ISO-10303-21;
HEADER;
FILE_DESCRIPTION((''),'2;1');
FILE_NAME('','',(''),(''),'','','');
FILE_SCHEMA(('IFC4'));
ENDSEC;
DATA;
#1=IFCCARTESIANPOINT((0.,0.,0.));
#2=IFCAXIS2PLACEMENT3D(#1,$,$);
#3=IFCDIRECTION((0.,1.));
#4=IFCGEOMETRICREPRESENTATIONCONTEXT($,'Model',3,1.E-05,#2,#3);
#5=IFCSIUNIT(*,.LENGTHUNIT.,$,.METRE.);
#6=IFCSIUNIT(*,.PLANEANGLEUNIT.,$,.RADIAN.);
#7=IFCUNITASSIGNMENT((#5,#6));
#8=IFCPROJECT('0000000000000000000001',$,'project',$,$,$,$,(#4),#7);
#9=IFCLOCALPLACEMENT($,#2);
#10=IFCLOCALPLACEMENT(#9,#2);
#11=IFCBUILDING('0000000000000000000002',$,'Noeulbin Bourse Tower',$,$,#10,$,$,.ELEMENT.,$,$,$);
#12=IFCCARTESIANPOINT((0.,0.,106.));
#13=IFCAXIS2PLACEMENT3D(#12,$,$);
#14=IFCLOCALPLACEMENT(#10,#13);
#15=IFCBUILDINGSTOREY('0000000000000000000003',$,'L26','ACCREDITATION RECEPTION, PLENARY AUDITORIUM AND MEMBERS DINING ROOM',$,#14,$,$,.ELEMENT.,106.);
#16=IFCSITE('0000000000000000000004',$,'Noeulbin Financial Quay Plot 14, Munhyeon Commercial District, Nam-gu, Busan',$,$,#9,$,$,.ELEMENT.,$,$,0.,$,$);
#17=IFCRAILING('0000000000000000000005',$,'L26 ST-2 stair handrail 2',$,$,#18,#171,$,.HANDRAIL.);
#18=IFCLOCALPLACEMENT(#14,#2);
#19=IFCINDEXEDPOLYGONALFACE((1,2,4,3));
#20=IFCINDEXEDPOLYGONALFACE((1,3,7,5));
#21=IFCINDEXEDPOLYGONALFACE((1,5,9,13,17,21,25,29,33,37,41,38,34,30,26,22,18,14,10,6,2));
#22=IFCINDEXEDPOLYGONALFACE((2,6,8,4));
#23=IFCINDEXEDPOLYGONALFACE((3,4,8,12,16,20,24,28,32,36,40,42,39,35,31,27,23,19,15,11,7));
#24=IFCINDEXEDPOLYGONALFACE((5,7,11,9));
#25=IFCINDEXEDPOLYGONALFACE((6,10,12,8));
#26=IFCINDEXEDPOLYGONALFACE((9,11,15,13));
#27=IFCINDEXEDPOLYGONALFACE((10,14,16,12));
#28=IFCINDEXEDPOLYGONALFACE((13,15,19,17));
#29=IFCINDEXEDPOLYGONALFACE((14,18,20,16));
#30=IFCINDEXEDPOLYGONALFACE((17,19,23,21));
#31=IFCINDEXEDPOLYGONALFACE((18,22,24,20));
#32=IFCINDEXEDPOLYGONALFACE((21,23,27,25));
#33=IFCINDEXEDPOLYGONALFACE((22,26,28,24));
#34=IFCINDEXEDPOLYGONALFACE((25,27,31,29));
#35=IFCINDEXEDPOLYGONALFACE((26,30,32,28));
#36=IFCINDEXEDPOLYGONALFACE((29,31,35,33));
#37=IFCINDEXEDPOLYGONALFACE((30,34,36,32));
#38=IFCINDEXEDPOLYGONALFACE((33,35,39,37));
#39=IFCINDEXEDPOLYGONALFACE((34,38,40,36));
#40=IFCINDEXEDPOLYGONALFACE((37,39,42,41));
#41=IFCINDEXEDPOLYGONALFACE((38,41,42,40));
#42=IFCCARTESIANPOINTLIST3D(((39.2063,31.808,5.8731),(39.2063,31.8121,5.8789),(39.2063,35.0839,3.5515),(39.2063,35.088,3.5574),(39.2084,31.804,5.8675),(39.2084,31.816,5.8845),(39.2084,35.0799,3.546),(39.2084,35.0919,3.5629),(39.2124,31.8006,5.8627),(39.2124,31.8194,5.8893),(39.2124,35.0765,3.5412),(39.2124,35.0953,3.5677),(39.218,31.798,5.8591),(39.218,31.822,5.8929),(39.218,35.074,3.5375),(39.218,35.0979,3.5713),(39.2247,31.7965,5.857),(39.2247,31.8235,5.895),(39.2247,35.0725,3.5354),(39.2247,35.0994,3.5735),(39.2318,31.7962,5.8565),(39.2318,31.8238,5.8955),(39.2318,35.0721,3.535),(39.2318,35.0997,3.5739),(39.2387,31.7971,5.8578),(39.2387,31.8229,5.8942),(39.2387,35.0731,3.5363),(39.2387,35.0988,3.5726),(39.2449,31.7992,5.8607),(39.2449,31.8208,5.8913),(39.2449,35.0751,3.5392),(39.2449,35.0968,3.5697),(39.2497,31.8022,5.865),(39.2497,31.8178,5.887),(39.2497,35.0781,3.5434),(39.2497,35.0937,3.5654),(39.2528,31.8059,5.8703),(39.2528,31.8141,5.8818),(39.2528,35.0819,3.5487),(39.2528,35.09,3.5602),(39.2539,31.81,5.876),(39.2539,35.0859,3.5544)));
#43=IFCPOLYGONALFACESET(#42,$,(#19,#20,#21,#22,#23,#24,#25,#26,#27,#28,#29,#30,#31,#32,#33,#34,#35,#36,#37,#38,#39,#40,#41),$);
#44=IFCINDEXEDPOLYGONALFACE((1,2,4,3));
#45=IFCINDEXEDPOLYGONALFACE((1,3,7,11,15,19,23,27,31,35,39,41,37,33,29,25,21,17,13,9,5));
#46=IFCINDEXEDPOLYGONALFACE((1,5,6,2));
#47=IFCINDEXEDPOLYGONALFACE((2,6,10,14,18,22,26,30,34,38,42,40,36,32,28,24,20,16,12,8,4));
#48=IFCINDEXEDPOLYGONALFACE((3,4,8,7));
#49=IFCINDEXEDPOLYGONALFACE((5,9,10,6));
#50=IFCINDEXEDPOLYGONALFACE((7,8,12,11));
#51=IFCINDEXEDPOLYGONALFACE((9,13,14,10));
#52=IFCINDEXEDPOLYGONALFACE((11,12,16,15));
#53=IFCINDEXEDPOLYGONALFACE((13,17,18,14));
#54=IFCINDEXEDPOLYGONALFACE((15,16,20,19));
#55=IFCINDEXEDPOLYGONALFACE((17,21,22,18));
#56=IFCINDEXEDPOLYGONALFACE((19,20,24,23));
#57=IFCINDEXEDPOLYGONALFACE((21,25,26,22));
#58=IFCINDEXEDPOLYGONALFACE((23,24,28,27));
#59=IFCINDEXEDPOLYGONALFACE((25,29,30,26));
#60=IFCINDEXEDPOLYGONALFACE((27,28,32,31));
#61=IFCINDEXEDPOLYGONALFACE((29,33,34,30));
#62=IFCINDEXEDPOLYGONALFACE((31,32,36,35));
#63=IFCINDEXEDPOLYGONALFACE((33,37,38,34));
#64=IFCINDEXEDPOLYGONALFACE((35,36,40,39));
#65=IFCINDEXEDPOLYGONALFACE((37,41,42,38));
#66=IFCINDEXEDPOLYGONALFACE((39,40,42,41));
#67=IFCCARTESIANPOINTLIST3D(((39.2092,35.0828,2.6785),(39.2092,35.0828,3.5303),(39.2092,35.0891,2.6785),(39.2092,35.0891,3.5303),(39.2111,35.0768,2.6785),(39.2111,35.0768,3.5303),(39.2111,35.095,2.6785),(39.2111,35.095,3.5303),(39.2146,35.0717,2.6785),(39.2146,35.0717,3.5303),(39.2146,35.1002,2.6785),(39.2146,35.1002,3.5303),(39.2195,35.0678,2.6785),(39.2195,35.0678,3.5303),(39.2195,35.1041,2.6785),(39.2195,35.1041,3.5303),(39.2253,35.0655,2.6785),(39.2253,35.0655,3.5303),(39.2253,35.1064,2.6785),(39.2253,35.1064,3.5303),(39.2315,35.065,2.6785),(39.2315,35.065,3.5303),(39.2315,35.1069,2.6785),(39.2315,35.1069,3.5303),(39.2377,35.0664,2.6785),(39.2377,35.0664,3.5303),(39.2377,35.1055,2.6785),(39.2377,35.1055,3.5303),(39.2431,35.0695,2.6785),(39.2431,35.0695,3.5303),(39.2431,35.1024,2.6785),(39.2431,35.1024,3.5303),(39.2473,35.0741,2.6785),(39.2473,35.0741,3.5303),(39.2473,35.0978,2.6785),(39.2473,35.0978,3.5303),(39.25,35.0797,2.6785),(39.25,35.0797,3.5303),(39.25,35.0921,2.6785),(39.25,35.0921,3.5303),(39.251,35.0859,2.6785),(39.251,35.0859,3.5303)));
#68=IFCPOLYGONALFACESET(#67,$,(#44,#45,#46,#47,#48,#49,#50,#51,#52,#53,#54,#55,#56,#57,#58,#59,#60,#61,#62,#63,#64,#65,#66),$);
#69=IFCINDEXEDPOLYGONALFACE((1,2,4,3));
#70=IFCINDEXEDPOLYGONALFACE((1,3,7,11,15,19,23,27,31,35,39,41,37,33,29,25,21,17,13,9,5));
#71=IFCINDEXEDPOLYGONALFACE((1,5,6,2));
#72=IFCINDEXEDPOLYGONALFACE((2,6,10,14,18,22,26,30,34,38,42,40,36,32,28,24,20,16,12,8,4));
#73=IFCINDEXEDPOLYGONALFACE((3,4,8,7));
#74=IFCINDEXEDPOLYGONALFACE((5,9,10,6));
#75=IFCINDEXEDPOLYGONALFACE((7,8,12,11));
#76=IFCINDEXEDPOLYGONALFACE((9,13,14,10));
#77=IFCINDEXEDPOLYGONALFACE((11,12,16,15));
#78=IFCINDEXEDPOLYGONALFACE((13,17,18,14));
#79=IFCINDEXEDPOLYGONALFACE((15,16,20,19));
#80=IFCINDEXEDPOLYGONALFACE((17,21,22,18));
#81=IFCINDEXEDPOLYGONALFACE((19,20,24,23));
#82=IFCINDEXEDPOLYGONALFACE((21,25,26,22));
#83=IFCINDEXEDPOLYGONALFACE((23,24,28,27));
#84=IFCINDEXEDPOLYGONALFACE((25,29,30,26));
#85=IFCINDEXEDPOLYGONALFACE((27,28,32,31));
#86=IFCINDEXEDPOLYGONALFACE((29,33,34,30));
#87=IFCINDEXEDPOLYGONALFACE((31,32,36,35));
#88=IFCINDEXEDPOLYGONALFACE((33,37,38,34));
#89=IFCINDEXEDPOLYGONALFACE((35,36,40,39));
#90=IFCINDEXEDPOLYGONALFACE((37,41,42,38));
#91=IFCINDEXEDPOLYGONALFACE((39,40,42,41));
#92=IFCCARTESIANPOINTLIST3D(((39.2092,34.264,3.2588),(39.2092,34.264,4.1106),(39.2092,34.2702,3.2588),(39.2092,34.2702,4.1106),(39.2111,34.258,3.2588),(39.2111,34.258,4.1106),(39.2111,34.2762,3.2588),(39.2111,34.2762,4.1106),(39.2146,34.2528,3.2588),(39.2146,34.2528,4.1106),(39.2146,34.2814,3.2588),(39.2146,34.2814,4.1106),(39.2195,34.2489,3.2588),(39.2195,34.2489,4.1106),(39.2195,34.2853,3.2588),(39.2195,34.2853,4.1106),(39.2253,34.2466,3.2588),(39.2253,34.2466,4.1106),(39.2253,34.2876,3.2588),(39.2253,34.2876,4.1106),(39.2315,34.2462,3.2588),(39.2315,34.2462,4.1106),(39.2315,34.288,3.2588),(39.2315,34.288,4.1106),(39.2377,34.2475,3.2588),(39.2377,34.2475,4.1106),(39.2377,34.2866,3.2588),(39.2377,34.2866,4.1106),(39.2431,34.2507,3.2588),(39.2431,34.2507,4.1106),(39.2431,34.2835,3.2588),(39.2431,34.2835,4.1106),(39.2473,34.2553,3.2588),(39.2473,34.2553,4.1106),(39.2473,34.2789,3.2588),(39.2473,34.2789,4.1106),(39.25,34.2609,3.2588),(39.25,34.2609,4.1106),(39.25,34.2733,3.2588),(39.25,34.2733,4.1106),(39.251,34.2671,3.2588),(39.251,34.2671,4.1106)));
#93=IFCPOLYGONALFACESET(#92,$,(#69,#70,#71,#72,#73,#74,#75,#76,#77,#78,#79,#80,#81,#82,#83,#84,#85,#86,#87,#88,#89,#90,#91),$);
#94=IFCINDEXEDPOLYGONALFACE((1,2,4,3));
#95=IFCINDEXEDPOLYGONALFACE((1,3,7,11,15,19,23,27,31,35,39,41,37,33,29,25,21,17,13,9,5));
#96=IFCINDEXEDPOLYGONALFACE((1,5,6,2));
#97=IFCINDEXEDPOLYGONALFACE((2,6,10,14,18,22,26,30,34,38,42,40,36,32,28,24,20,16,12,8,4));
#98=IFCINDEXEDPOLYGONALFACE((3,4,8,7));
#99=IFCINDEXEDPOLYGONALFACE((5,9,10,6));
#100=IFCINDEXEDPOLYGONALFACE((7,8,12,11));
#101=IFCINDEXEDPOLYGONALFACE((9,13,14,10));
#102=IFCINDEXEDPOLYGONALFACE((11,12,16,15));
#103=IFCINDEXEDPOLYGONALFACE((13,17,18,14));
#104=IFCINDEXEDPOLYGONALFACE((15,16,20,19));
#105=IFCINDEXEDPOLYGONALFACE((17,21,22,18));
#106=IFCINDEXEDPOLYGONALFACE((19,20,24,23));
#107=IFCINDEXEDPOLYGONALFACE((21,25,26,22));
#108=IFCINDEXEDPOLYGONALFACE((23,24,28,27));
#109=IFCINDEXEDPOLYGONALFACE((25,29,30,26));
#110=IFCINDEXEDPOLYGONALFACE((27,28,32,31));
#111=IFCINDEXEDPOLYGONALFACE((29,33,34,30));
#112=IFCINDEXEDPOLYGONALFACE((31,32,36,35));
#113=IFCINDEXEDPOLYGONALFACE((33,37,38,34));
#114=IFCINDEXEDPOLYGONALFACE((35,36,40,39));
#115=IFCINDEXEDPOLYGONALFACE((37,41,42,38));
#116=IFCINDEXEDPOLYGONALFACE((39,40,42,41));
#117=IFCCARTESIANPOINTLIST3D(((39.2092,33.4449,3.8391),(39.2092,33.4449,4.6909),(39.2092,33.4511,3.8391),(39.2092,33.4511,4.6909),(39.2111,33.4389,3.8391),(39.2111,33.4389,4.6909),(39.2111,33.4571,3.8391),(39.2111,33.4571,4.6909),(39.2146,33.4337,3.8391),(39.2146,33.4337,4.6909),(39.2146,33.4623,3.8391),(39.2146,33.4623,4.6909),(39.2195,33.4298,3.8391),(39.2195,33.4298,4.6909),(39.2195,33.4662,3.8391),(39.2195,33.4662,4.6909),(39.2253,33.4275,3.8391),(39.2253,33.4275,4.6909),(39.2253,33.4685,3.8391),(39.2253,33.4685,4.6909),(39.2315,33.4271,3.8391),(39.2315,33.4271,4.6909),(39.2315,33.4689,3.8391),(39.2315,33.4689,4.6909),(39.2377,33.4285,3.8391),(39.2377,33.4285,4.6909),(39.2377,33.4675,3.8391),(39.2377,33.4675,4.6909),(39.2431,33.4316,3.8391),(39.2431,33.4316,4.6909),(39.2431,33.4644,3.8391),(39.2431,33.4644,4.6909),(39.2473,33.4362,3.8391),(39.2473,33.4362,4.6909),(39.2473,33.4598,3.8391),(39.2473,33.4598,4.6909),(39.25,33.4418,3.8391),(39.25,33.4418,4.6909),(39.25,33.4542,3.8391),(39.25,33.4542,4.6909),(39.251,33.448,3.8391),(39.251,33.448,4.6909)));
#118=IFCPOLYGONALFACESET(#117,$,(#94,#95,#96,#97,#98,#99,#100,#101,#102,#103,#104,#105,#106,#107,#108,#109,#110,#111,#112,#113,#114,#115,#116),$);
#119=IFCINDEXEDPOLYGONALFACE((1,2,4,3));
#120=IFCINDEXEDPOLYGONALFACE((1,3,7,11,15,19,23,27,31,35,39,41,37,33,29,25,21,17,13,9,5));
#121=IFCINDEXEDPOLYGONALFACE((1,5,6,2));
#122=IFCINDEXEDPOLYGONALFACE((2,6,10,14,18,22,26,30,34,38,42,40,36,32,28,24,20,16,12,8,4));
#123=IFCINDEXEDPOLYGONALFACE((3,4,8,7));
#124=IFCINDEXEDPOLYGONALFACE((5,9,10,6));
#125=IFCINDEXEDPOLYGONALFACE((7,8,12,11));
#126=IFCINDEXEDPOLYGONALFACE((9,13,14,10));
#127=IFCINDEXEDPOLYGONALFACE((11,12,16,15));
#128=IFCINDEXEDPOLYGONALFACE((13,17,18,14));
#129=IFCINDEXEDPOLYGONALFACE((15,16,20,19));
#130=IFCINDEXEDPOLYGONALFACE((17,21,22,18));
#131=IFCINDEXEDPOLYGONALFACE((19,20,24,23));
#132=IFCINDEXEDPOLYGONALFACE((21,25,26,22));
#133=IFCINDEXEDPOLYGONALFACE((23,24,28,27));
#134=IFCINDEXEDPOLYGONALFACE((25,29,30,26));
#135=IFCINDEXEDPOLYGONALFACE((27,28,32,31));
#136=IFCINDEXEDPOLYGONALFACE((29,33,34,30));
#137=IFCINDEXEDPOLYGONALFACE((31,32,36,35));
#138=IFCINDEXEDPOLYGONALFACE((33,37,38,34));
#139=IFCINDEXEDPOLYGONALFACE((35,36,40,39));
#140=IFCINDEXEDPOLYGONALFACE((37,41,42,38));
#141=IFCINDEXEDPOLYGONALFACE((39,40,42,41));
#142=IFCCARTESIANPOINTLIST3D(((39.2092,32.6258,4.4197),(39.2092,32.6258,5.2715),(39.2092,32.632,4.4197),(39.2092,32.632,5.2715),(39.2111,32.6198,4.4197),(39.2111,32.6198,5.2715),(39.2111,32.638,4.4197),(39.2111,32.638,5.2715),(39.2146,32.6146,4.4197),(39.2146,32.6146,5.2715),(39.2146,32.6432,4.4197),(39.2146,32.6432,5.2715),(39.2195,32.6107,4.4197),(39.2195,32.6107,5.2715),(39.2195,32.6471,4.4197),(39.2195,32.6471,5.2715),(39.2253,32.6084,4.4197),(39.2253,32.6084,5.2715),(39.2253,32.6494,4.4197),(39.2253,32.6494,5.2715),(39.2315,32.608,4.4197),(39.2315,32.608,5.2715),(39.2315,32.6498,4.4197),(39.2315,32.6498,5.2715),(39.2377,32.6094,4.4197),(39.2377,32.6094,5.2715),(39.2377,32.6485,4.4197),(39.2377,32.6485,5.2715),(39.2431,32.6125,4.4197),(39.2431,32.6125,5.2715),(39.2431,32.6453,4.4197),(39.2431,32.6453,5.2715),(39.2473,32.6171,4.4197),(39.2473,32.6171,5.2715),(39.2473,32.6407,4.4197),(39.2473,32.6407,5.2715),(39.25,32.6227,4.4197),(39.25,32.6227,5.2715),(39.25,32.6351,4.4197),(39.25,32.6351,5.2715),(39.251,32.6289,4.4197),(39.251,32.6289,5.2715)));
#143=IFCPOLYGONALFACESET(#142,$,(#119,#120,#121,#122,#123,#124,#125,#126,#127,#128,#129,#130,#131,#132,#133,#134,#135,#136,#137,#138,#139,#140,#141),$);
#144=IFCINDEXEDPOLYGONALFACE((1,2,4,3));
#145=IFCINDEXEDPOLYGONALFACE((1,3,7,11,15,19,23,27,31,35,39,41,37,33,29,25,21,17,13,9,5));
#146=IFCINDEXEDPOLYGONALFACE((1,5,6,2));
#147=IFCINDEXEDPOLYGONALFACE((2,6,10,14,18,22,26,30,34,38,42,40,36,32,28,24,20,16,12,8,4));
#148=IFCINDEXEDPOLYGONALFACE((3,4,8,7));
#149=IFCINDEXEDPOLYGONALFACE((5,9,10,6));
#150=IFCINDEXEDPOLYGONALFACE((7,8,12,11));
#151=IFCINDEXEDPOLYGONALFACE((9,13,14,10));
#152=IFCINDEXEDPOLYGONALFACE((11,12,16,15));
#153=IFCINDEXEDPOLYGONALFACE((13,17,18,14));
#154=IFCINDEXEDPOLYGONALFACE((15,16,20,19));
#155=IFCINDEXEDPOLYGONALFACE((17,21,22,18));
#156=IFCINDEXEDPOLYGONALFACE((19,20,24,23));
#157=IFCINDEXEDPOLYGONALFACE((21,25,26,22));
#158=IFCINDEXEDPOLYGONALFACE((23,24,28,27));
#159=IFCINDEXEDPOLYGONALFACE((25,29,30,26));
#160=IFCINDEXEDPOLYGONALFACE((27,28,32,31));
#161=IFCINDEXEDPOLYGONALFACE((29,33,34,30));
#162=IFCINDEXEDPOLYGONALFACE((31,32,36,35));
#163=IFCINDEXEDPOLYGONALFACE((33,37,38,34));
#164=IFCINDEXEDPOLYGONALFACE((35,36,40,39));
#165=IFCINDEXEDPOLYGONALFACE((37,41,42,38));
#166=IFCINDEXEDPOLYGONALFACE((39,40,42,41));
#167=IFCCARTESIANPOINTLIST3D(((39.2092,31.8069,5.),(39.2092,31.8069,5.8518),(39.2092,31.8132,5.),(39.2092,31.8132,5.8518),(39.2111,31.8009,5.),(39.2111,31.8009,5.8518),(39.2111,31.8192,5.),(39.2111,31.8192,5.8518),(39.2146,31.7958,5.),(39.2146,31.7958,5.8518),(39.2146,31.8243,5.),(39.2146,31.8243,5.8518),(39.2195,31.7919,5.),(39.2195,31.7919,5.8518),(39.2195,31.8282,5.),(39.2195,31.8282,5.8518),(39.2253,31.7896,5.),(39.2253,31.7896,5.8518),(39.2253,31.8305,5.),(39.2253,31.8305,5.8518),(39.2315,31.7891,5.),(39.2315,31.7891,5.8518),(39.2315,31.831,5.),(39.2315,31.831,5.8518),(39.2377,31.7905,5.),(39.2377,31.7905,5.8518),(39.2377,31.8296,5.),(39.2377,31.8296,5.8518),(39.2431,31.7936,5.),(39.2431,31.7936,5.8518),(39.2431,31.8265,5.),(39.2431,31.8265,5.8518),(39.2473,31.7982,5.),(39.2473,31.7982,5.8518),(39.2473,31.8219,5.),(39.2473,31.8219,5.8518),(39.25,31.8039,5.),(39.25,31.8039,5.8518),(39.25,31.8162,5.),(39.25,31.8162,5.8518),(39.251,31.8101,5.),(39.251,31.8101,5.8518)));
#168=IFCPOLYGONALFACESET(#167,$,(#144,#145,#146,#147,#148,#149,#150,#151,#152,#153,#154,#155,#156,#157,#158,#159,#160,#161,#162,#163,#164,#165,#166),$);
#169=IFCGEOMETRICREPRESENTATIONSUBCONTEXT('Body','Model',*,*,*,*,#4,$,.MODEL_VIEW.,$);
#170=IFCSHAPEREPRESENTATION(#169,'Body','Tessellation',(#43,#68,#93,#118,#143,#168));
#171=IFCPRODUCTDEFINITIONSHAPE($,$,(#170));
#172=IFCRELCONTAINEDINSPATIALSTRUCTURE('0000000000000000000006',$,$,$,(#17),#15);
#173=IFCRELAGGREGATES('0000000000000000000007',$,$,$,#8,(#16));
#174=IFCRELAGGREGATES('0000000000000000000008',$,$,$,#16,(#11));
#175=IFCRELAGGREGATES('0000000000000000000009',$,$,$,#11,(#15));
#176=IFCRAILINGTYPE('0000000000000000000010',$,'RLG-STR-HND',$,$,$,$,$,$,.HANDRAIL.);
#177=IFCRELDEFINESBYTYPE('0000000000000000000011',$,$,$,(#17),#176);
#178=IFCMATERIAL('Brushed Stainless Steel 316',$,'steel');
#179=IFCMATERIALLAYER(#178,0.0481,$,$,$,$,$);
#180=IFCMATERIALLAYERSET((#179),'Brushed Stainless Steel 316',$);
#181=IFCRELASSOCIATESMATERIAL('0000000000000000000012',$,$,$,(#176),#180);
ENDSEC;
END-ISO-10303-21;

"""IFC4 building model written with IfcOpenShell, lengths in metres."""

from ifc_helpers import new_model, si_unit, direction, frame, origin, origin_2d, place, context, subcontext, project, spatial, circle, extrude, material, layer, layer_set, type_object, element, save


model = new_model("IFC4")

# Units and contexts
model_context = context("Model", 3, precision=1e-05, world=origin(), true_north=direction((0.0, 1.0)))
body_context = subcontext(model_context, "Body", "Model", "MODEL_VIEW")
ifc_project = project(units=[si_unit("LENGTHUNIT", "METRE"), si_unit("PLANEANGLEUNIT", "RADIAN")], contexts=[model_context])

# Site, building, storey
site_placement = place(None, origin())
site = spatial("IfcSite", under=ifc_project, at=site_placement, Name="Noeulbin Financial Quay Plot 14, Munhyeon Commercial District, Nam-gu, Busan", CompositionType="ELEMENT", RefElevation=0.0)
building_placement = place(site_placement, origin())
building = spatial("IfcBuilding", under=site, at=building_placement, Name="Noeulbin Bourse Tower", CompositionType="ELEMENT")
storey_placement = place(building_placement, frame((0.0, 0.0, 106.0)))
storey = spatial("IfcBuildingStorey", under=building, at=storey_placement, Name="L26", Description="ACCREDITATION RECEPTION, PLENARY AUDITORIUM AND MEMBERS DINING ROOM", CompositionType="ELEMENT", Elevation=106.0)

# Shared definitions
ifc_material_1 = material(Name="Brushed Stainless Steel 316", Category="steel")

# Railing
ifc_layer_1 = layer(ifc_material_1, 0.0481)
ifc_layer_set_1 = layer_set([ifc_layer_1], Name="Brushed Stainless Steel 316")
railing_type_1 = type_object("IfcRailingType", Name="RLG-STR-HND", PredefinedType="HANDRAIL", material=ifc_layer_set_1)
railing_1_placement = place(storey_placement, frame((39.23, 35.0859, 2.6785)))
element("IfcRailing", 1, at=railing_1_placement, inside=storey, type_object=railing_type_1, Name="L26 ST-2 stair handrail 2", PredefinedType="HANDRAIL", context=body_context, shape_type="SweptSolid", body=[
    extrude(circle(Radius=0.0239, at=origin_2d()), frame((0.0, 0.0, 0.876), z_axis=(0.0, -0.815893, 0.578203), x_axis=(1.0, 0.0, 0.0)), (0.0, 0.0, 1.0), 4.0151),
    extrude(circle(Radius=0.021, at=origin_2d()), origin(), (0.0, 0.0, 1.0), 0.8518),
    extrude(circle(Radius=0.021, at=origin_2d()), frame((0.0, -0.8188, 0.5803)), (0.0, 0.0, 1.0), 0.8518),
    extrude(circle(Radius=0.021, at=origin_2d()), frame((0.0, -1.6379, 1.1606)), (0.0, 0.0, 1.0), 0.8518),
    extrude(circle(Radius=0.021, at=origin_2d()), frame((0.0, -2.457, 1.7412)), (0.0, 0.0, 1.0), 0.8518),
    extrude(circle(Radius=0.021, at=origin_2d()), frame((0.0, -3.2759, 2.3215)), (0.0, 0.0, 1.0), 0.8518),
])

save(model, "model.ifc")
